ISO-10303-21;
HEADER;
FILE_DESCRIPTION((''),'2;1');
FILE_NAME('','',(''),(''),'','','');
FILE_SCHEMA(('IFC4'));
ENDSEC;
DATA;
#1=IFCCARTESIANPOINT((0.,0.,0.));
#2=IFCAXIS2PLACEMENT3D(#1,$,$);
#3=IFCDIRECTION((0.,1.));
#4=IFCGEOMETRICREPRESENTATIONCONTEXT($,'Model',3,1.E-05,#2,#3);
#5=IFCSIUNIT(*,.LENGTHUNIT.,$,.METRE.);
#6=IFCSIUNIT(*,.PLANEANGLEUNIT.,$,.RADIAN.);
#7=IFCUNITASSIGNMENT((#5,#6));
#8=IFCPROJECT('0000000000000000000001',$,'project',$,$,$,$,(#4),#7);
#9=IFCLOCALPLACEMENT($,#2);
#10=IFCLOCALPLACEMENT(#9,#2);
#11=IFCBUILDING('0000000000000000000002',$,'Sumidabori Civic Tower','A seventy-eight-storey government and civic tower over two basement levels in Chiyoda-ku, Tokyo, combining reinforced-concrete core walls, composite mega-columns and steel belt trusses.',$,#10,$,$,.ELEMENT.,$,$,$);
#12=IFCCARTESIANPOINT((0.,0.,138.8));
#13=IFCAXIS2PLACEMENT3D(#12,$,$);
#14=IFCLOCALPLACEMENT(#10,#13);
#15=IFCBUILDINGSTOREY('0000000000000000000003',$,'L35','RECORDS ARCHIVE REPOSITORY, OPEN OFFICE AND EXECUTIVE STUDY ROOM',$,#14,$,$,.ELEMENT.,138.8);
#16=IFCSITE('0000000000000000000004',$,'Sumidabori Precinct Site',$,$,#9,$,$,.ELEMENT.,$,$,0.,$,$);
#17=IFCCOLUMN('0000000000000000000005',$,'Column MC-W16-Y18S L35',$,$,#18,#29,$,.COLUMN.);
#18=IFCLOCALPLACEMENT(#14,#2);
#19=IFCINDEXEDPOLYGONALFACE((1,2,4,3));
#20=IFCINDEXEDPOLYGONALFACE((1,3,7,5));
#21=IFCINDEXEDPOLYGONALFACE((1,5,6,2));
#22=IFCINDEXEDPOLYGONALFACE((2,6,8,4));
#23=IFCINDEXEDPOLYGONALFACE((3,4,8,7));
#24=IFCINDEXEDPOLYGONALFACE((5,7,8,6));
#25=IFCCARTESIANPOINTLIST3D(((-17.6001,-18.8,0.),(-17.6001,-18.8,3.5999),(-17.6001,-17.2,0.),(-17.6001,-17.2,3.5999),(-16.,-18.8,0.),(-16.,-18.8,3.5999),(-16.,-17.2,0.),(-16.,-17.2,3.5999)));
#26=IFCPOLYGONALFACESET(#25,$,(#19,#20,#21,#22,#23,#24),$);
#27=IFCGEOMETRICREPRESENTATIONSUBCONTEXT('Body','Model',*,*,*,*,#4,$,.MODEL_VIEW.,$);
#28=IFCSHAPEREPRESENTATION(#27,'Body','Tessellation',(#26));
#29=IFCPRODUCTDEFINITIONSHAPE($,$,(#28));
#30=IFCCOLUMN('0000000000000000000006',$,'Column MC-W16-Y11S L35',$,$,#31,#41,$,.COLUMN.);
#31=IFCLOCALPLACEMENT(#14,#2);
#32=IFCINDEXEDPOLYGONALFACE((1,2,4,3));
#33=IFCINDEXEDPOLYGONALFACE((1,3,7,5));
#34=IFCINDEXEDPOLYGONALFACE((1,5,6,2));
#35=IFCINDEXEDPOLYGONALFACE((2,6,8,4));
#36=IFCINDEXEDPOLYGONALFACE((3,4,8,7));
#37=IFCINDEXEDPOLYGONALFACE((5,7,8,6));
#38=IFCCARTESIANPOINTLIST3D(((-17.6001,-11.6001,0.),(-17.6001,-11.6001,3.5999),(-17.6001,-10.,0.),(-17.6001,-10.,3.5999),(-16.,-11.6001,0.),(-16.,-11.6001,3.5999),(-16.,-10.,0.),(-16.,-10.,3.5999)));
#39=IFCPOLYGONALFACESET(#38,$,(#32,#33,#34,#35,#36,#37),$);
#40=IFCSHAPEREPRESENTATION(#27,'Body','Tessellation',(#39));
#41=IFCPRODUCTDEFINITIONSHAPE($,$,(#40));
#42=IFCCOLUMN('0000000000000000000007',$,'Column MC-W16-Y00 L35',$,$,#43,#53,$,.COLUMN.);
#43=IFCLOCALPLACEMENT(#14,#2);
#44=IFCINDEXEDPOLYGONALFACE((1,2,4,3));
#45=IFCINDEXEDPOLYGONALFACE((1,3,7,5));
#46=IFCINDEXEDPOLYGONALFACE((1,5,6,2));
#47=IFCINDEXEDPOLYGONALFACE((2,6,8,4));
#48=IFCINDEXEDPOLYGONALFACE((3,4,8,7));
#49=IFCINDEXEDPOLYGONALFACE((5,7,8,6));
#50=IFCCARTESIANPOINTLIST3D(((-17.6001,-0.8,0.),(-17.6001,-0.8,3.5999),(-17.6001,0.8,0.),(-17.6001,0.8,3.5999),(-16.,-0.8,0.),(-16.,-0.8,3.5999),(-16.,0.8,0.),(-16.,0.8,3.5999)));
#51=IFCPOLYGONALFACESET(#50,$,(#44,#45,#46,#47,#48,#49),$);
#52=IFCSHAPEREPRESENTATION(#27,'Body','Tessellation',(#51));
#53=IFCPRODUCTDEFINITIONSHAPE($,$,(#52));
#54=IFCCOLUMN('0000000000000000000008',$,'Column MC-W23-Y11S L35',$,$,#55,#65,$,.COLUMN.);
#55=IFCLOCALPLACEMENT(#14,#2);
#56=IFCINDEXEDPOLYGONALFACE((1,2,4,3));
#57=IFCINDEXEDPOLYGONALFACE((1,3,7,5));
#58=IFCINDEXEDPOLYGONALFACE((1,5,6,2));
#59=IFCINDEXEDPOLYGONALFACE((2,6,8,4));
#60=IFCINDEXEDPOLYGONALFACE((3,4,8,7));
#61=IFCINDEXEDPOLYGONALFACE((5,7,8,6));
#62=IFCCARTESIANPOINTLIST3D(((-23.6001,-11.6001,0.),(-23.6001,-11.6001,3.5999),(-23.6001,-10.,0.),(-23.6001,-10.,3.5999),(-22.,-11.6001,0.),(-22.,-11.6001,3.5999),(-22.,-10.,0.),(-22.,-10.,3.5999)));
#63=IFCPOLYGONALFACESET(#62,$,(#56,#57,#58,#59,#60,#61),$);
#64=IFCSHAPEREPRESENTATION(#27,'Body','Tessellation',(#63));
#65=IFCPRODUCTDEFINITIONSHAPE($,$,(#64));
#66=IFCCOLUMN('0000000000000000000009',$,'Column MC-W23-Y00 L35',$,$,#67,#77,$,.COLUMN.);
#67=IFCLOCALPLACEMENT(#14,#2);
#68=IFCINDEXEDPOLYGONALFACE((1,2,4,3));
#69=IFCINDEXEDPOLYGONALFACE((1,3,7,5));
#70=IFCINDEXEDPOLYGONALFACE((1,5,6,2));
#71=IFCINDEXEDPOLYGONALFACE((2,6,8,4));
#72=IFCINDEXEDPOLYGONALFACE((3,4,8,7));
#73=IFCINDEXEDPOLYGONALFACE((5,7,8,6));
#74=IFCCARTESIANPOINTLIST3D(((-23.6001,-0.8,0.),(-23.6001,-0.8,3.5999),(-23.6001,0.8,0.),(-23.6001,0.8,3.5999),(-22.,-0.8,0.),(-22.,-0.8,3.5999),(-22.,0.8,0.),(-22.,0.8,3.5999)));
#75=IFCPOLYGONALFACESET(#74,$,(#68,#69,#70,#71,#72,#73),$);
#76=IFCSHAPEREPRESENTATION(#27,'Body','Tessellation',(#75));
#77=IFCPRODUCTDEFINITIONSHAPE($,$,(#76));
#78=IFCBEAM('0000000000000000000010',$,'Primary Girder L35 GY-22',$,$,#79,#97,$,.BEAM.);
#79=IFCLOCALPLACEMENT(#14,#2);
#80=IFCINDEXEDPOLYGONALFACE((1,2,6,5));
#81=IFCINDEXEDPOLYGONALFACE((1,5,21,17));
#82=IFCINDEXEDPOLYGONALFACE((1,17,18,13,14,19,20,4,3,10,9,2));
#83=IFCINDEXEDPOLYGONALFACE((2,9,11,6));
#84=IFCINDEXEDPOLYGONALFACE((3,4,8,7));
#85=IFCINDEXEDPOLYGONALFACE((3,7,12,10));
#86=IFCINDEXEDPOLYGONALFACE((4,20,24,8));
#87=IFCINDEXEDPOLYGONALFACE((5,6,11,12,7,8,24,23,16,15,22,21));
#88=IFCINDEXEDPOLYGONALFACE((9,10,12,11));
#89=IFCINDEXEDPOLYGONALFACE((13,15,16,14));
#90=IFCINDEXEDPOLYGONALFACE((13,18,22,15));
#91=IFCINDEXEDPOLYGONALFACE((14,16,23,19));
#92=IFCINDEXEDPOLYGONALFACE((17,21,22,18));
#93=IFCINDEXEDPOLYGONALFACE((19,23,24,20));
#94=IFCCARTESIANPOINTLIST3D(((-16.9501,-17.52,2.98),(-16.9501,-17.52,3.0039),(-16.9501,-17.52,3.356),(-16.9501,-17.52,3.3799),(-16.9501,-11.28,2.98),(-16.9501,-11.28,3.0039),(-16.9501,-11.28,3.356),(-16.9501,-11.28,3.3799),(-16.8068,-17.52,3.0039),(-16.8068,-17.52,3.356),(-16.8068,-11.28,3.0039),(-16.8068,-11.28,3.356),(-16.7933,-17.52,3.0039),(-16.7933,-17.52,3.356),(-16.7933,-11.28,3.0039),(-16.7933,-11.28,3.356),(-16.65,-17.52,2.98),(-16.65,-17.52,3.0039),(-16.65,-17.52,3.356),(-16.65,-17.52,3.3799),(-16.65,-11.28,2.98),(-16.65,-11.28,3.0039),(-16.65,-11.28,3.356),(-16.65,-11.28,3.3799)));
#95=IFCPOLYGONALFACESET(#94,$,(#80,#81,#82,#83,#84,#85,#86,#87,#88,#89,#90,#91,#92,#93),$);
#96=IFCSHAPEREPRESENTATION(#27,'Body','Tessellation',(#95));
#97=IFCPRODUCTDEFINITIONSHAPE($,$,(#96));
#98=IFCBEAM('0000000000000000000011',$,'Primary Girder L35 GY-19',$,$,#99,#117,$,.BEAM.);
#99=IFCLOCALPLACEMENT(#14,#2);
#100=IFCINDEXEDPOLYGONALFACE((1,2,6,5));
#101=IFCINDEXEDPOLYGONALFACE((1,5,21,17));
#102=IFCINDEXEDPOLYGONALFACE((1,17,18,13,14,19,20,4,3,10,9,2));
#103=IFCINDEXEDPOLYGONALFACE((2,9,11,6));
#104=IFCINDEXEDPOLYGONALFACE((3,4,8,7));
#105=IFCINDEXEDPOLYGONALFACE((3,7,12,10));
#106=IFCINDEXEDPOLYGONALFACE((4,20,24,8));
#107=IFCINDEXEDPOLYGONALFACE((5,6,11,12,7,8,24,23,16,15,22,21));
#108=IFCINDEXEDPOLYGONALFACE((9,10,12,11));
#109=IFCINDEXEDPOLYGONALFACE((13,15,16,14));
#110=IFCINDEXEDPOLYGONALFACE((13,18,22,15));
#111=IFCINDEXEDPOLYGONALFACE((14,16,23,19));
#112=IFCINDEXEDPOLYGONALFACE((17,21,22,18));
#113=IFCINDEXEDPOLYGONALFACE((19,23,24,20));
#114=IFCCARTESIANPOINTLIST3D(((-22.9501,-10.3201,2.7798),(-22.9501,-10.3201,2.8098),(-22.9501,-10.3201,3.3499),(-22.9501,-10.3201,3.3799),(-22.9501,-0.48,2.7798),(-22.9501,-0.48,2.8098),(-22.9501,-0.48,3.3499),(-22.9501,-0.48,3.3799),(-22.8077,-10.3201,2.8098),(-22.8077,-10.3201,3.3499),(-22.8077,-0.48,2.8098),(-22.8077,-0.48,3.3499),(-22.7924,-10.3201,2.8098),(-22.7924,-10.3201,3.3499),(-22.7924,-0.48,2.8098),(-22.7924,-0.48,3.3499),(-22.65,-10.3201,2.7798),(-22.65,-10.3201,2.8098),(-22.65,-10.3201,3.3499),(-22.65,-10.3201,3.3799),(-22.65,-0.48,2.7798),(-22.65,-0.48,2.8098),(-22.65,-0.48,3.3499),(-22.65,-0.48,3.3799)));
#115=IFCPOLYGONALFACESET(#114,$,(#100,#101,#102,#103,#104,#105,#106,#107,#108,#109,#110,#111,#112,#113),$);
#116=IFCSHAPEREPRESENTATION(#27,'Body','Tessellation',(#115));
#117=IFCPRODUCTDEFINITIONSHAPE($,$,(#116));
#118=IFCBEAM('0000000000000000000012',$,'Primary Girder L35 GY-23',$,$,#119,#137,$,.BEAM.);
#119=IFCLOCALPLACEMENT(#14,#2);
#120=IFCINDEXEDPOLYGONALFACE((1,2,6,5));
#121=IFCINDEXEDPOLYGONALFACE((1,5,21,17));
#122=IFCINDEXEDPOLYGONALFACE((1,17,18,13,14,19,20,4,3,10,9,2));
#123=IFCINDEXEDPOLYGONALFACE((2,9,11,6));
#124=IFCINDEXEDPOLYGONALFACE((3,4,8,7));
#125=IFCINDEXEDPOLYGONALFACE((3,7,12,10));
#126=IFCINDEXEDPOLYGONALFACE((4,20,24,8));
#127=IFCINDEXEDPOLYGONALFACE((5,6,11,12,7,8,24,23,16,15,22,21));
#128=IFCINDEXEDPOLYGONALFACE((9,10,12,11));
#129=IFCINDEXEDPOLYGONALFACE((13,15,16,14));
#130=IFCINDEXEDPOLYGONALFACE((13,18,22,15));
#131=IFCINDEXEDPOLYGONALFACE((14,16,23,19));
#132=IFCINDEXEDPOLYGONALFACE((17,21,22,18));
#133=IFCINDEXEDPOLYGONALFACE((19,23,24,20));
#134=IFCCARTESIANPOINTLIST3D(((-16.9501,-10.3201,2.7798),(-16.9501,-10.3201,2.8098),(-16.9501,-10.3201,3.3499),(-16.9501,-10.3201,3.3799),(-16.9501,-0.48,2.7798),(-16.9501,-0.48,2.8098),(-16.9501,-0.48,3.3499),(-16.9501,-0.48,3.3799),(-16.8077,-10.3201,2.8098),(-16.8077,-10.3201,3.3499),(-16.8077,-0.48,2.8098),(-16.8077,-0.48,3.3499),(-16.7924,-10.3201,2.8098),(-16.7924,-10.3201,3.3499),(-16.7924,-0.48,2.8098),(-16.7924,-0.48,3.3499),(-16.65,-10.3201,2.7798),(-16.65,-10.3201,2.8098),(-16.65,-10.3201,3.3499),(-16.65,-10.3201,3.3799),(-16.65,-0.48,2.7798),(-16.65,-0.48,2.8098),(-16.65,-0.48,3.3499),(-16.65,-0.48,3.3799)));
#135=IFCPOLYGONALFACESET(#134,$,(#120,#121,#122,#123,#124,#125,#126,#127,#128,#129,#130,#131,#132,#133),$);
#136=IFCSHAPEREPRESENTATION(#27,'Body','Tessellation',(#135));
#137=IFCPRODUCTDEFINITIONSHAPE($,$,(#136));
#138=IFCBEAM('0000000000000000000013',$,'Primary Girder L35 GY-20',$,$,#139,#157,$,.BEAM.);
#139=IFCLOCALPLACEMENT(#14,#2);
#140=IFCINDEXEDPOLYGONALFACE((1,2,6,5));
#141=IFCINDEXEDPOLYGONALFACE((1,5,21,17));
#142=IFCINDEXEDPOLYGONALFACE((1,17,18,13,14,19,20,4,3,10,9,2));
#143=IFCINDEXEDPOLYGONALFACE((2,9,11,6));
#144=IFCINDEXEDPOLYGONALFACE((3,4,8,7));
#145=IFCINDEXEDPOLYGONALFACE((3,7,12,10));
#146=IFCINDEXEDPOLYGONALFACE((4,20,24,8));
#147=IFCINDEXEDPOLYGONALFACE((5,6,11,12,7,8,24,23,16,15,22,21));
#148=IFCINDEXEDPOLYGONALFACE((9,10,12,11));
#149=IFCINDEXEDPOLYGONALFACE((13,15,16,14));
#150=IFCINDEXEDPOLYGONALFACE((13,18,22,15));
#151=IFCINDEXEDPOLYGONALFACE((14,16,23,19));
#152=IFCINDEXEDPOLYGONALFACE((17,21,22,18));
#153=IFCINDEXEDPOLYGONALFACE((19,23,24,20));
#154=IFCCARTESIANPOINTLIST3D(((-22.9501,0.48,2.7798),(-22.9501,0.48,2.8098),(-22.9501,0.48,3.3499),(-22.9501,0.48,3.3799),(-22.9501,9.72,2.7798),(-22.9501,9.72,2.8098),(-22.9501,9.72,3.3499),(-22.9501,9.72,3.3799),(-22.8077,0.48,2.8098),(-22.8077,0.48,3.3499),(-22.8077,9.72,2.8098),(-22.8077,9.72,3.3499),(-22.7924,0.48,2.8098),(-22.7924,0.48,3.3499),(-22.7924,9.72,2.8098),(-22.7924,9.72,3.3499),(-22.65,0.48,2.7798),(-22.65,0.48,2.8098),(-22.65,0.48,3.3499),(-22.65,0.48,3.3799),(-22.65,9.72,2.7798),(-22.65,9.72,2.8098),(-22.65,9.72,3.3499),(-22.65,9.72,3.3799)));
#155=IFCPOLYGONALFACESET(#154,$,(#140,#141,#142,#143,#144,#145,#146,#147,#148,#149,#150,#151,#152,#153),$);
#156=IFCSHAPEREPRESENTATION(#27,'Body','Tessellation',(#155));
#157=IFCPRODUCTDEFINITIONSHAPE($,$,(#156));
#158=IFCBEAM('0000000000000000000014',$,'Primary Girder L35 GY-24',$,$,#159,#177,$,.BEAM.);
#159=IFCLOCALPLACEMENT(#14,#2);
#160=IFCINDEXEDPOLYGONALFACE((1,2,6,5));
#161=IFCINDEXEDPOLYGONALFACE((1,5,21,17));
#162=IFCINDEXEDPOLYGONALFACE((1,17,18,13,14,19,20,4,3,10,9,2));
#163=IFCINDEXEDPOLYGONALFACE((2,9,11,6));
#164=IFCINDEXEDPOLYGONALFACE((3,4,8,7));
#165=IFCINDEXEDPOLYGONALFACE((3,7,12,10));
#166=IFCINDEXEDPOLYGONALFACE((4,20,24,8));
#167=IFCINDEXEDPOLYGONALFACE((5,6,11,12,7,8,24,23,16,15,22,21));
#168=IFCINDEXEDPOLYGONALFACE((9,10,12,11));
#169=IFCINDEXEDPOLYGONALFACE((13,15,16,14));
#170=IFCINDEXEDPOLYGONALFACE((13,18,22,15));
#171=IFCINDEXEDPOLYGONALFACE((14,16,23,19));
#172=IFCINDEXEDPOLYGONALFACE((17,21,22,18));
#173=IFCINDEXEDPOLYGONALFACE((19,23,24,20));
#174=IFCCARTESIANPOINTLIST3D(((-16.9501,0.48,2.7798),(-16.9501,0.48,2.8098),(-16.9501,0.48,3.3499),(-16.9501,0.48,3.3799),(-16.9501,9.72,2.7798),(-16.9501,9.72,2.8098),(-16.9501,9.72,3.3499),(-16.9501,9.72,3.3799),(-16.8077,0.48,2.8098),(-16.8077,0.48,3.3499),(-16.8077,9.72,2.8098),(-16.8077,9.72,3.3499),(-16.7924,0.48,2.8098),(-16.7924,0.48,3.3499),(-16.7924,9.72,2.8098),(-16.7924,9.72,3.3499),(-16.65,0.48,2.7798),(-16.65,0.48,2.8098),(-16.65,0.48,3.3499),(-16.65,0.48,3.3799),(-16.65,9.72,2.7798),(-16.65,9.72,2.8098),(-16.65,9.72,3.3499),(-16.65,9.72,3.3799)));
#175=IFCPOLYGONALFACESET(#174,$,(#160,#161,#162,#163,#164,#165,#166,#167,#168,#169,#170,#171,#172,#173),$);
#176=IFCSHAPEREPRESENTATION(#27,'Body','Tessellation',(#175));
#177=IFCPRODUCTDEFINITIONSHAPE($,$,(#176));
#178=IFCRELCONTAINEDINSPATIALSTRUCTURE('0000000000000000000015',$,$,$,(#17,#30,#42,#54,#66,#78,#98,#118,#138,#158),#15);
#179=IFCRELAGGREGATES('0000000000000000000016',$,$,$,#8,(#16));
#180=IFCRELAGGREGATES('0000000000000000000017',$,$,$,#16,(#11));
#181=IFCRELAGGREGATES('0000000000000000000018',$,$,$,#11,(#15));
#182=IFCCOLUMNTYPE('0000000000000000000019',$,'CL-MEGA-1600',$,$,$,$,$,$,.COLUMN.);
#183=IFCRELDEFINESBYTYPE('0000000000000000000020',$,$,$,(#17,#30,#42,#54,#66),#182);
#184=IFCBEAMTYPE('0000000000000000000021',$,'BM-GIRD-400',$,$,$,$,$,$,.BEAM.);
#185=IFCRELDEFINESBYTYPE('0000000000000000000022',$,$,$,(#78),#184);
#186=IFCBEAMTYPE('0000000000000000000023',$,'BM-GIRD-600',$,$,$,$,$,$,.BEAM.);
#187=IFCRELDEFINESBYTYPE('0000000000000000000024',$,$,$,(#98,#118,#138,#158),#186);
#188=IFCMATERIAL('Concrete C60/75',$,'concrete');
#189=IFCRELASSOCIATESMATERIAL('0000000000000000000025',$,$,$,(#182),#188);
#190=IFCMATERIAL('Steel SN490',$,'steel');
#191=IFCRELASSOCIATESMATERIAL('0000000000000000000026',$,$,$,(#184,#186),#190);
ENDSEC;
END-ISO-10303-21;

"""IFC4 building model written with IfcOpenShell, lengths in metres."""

from ifc_helpers import new_model, si_unit, direction, frame, origin, origin_2d, place, context, subcontext, project, spatial, rectangle, i_section, extrude, source, transform, mapped, material, material_profile, profile_set, type_object, element, save


model = new_model("IFC4")

# Units and contexts
model_context = context("Model", 3, precision=1e-05, world=origin(), true_north=direction((0.0, 1.0)))
body_context = subcontext(model_context, "Body", "Model", "MODEL_VIEW")
ifc_project = project(units=[si_unit("LENGTHUNIT", "METRE"), si_unit("PLANEANGLEUNIT", "RADIAN")], contexts=[model_context])

# Site, building, storey
site_placement = place(None, origin())
site = spatial("IfcSite", under=ifc_project, at=site_placement, Name="Sumidabori Precinct Site", CompositionType="ELEMENT", RefElevation=0.0)
building_placement = place(site_placement, origin())
building = spatial("IfcBuilding", under=site, at=building_placement, Name="Sumidabori Civic Tower", Description="A seventy-eight-storey government and civic tower over two basement levels in Chiyoda-ku, Tokyo, combining reinforced-concrete core walls, composite mega-columns and steel belt trusses.", CompositionType="ELEMENT")
storey_placement = place(building_placement, frame((0.0, 0.0, 138.8)))
storey = spatial("IfcBuildingStorey", under=building, at=storey_placement, Name="L35", Description="RECORDS ARCHIVE REPOSITORY, OPEN OFFICE AND EXECUTIVE STUDY ROOM", CompositionType="ELEMENT", Elevation=138.8)

# Columns
ifc_material_1 = material(Name="Concrete C60/75", Category="concrete")
ifc_material_profile_1 = material_profile(ifc_material_1, rectangle(XDim=1.6001, YDim=1.6001, at=origin_2d()), Name="RC 1600x1600")
ifc_profile_set_1 = profile_set([ifc_material_profile_1], Name="Concrete C60/75")
column_type = type_object("IfcColumnType", Name="CL-MEGA-1600", PredefinedType="COLUMN", material=ifc_profile_set_1)
shared_shape_1 = source(origin(), body_context, "Body", "SweptSolid", [
    extrude(rectangle(XDim=1.6001, YDim=1.6001, at=origin_2d()), origin(), (0.0, 0.0, 1.0), 3.5999),
])
for number, where, z_axis, x_axis, name in (
    (1, (-16.8, -18.0, 0.0), (0.0, 0.0, 1.0), (1.0, 0.0, 0.0), "Column MC-W16-Y18S L35"),
    (2, (-16.8, -10.8, 0.0), (0.0, 0.0, 1.0), (1.0, 0.0, 0.0), "Column MC-W16-Y11S L35"),
    (3, (-16.8, 0.0, 0.0), (0.0, 0.0, 1.0), (1.0, 0.0, 0.0), "Column MC-W16-Y00 L35"),
    (4, (-22.8, -10.8, 0.0), (0.0, 0.0, 1.0), (1.0, 0.0, 0.0), "Column MC-W23-Y11S L35"),
    (5, (-22.8, 0.0, 0.0), (0.0, 0.0, 1.0), (1.0, 0.0, 0.0), "Column MC-W23-Y00 L35"),
):
    element("IfcColumn", number, at=place(storey_placement, frame(where, z_axis=z_axis, x_axis=x_axis)), inside=storey, type_object=column_type, Name=name, PredefinedType="COLUMN", context=body_context, shape_type="MappedRepresentation", body=[
        mapped(shared_shape_1, transform((0.0, 0.0, 0.0), x_axis=(1.0, 0.0, 0.0), y_axis=(0.0, 1.0, 0.0), z_axis=(0.0, 0.0, 1.0), scale=1.0)),
    ])

# Beams
ifc_material_2 = material(Name="Steel SN490", Category="steel")
ifc_material_profile_2 = material_profile(ifc_material_2, i_section(OverallWidth=0.3, OverallDepth=0.3999, WebThickness=0.0134, FlangeThickness=0.0239, at=origin_2d()), Name="HE 400 B")
ifc_profile_set_2 = profile_set([ifc_material_profile_2], Name="Steel SN490")
beam_type_1 = type_object("IfcBeamType", Name="BM-GIRD-400", PredefinedType="BEAM", material=ifc_profile_set_2)
shared_shape_2 = source(origin(), body_context, "Body", "SweptSolid", [
    extrude(i_section(OverallWidth=0.3, OverallDepth=0.3999, WebThickness=0.0134, FlangeThickness=0.0239, at=origin_2d()), origin(), (0.0, 0.0, 1.0), 6.24),
])
beam_placement = place(storey_placement, frame((-16.8, -17.52, 3.1799), z_axis=(0.0, 1.0, 0.0), x_axis=(-1.0, 0.0, 0.0)))
element("IfcBeam", 6, at=beam_placement, inside=storey, type_object=beam_type_1, Name="Primary Girder L35 GY-22", PredefinedType="BEAM", context=body_context, shape_type="MappedRepresentation", body=[
    mapped(shared_shape_2, transform((0.0, 0.0, 0.0), x_axis=(1.0, 0.0, 0.0), y_axis=(0.0, 1.0, 0.0), z_axis=(0.0, 0.0, 1.0), scale=1.0)),
])
ifc_material_profile_3 = material_profile(ifc_material_2, i_section(OverallWidth=0.3, OverallDepth=0.6001, WebThickness=0.0154, FlangeThickness=0.03, at=origin_2d()), Name="HE 600 B")
ifc_profile_set_3 = profile_set([ifc_material_profile_3], Name="Steel SN490")
beam_type_2 = type_object("IfcBeamType", Name="BM-GIRD-600", PredefinedType="BEAM", material=ifc_profile_set_3)
shared_shape_3 = source(origin(), body_context, "Body", "SweptSolid", [
    extrude(i_section(OverallWidth=0.3, OverallDepth=0.6001, WebThickness=0.0154, FlangeThickness=0.03, at=origin_2d()), origin(), (0.0, 0.0, 1.0), 9.8401),
])
for number, where, z_axis, x_axis, name in (
    (7, (-22.8, -10.3201, 3.0798), (0.0, 1.0, 0.0), (-1.0, 0.0, 0.0), "Primary Girder L35 GY-19"),
    (8, (-16.8, -10.3201, 3.0798), (0.0, 1.0, 0.0), (-1.0, 0.0, 0.0), "Primary Girder L35 GY-23"),
):
    element("IfcBeam", number, at=place(storey_placement, frame(where, z_axis=z_axis, x_axis=x_axis)), inside=storey, type_object=beam_type_2, Name=name, PredefinedType="BEAM", context=body_context, shape_type="MappedRepresentation", body=[
        mapped(shared_shape_3, transform((0.0, 0.0, 0.0), x_axis=(1.0, 0.0, 0.0), y_axis=(0.0, 1.0, 0.0), z_axis=(0.0, 0.0, 1.0), scale=1.0)),
    ])
shared_shape_4 = source(origin(), body_context, "Body", "SweptSolid", [
    extrude(i_section(OverallWidth=0.3, OverallDepth=0.6001, WebThickness=0.0154, FlangeThickness=0.03, at=origin_2d()), origin(), (0.0, 0.0, 1.0), 9.24),
])
for number, where, z_axis, x_axis, name in (
    (9, (-22.8, 0.48, 3.0798), (0.0, 1.0, 0.0), (-1.0, 0.0, 0.0), "Primary Girder L35 GY-20"),
    (10, (-16.8, 0.48, 3.0798), (0.0, 1.0, 0.0), (-1.0, 0.0, 0.0), "Primary Girder L35 GY-24"),
):
    element("IfcBeam", number, at=place(storey_placement, frame(where, z_axis=z_axis, x_axis=x_axis)), inside=storey, type_object=beam_type_2, Name=name, PredefinedType="BEAM", context=body_context, shape_type="MappedRepresentation", body=[
        mapped(shared_shape_4, transform((0.0, 0.0, 0.0), x_axis=(1.0, 0.0, 0.0), y_axis=(0.0, 1.0, 0.0), z_axis=(0.0, 0.0, 1.0), scale=1.0)),
    ])

save(model, "model.ifc")
